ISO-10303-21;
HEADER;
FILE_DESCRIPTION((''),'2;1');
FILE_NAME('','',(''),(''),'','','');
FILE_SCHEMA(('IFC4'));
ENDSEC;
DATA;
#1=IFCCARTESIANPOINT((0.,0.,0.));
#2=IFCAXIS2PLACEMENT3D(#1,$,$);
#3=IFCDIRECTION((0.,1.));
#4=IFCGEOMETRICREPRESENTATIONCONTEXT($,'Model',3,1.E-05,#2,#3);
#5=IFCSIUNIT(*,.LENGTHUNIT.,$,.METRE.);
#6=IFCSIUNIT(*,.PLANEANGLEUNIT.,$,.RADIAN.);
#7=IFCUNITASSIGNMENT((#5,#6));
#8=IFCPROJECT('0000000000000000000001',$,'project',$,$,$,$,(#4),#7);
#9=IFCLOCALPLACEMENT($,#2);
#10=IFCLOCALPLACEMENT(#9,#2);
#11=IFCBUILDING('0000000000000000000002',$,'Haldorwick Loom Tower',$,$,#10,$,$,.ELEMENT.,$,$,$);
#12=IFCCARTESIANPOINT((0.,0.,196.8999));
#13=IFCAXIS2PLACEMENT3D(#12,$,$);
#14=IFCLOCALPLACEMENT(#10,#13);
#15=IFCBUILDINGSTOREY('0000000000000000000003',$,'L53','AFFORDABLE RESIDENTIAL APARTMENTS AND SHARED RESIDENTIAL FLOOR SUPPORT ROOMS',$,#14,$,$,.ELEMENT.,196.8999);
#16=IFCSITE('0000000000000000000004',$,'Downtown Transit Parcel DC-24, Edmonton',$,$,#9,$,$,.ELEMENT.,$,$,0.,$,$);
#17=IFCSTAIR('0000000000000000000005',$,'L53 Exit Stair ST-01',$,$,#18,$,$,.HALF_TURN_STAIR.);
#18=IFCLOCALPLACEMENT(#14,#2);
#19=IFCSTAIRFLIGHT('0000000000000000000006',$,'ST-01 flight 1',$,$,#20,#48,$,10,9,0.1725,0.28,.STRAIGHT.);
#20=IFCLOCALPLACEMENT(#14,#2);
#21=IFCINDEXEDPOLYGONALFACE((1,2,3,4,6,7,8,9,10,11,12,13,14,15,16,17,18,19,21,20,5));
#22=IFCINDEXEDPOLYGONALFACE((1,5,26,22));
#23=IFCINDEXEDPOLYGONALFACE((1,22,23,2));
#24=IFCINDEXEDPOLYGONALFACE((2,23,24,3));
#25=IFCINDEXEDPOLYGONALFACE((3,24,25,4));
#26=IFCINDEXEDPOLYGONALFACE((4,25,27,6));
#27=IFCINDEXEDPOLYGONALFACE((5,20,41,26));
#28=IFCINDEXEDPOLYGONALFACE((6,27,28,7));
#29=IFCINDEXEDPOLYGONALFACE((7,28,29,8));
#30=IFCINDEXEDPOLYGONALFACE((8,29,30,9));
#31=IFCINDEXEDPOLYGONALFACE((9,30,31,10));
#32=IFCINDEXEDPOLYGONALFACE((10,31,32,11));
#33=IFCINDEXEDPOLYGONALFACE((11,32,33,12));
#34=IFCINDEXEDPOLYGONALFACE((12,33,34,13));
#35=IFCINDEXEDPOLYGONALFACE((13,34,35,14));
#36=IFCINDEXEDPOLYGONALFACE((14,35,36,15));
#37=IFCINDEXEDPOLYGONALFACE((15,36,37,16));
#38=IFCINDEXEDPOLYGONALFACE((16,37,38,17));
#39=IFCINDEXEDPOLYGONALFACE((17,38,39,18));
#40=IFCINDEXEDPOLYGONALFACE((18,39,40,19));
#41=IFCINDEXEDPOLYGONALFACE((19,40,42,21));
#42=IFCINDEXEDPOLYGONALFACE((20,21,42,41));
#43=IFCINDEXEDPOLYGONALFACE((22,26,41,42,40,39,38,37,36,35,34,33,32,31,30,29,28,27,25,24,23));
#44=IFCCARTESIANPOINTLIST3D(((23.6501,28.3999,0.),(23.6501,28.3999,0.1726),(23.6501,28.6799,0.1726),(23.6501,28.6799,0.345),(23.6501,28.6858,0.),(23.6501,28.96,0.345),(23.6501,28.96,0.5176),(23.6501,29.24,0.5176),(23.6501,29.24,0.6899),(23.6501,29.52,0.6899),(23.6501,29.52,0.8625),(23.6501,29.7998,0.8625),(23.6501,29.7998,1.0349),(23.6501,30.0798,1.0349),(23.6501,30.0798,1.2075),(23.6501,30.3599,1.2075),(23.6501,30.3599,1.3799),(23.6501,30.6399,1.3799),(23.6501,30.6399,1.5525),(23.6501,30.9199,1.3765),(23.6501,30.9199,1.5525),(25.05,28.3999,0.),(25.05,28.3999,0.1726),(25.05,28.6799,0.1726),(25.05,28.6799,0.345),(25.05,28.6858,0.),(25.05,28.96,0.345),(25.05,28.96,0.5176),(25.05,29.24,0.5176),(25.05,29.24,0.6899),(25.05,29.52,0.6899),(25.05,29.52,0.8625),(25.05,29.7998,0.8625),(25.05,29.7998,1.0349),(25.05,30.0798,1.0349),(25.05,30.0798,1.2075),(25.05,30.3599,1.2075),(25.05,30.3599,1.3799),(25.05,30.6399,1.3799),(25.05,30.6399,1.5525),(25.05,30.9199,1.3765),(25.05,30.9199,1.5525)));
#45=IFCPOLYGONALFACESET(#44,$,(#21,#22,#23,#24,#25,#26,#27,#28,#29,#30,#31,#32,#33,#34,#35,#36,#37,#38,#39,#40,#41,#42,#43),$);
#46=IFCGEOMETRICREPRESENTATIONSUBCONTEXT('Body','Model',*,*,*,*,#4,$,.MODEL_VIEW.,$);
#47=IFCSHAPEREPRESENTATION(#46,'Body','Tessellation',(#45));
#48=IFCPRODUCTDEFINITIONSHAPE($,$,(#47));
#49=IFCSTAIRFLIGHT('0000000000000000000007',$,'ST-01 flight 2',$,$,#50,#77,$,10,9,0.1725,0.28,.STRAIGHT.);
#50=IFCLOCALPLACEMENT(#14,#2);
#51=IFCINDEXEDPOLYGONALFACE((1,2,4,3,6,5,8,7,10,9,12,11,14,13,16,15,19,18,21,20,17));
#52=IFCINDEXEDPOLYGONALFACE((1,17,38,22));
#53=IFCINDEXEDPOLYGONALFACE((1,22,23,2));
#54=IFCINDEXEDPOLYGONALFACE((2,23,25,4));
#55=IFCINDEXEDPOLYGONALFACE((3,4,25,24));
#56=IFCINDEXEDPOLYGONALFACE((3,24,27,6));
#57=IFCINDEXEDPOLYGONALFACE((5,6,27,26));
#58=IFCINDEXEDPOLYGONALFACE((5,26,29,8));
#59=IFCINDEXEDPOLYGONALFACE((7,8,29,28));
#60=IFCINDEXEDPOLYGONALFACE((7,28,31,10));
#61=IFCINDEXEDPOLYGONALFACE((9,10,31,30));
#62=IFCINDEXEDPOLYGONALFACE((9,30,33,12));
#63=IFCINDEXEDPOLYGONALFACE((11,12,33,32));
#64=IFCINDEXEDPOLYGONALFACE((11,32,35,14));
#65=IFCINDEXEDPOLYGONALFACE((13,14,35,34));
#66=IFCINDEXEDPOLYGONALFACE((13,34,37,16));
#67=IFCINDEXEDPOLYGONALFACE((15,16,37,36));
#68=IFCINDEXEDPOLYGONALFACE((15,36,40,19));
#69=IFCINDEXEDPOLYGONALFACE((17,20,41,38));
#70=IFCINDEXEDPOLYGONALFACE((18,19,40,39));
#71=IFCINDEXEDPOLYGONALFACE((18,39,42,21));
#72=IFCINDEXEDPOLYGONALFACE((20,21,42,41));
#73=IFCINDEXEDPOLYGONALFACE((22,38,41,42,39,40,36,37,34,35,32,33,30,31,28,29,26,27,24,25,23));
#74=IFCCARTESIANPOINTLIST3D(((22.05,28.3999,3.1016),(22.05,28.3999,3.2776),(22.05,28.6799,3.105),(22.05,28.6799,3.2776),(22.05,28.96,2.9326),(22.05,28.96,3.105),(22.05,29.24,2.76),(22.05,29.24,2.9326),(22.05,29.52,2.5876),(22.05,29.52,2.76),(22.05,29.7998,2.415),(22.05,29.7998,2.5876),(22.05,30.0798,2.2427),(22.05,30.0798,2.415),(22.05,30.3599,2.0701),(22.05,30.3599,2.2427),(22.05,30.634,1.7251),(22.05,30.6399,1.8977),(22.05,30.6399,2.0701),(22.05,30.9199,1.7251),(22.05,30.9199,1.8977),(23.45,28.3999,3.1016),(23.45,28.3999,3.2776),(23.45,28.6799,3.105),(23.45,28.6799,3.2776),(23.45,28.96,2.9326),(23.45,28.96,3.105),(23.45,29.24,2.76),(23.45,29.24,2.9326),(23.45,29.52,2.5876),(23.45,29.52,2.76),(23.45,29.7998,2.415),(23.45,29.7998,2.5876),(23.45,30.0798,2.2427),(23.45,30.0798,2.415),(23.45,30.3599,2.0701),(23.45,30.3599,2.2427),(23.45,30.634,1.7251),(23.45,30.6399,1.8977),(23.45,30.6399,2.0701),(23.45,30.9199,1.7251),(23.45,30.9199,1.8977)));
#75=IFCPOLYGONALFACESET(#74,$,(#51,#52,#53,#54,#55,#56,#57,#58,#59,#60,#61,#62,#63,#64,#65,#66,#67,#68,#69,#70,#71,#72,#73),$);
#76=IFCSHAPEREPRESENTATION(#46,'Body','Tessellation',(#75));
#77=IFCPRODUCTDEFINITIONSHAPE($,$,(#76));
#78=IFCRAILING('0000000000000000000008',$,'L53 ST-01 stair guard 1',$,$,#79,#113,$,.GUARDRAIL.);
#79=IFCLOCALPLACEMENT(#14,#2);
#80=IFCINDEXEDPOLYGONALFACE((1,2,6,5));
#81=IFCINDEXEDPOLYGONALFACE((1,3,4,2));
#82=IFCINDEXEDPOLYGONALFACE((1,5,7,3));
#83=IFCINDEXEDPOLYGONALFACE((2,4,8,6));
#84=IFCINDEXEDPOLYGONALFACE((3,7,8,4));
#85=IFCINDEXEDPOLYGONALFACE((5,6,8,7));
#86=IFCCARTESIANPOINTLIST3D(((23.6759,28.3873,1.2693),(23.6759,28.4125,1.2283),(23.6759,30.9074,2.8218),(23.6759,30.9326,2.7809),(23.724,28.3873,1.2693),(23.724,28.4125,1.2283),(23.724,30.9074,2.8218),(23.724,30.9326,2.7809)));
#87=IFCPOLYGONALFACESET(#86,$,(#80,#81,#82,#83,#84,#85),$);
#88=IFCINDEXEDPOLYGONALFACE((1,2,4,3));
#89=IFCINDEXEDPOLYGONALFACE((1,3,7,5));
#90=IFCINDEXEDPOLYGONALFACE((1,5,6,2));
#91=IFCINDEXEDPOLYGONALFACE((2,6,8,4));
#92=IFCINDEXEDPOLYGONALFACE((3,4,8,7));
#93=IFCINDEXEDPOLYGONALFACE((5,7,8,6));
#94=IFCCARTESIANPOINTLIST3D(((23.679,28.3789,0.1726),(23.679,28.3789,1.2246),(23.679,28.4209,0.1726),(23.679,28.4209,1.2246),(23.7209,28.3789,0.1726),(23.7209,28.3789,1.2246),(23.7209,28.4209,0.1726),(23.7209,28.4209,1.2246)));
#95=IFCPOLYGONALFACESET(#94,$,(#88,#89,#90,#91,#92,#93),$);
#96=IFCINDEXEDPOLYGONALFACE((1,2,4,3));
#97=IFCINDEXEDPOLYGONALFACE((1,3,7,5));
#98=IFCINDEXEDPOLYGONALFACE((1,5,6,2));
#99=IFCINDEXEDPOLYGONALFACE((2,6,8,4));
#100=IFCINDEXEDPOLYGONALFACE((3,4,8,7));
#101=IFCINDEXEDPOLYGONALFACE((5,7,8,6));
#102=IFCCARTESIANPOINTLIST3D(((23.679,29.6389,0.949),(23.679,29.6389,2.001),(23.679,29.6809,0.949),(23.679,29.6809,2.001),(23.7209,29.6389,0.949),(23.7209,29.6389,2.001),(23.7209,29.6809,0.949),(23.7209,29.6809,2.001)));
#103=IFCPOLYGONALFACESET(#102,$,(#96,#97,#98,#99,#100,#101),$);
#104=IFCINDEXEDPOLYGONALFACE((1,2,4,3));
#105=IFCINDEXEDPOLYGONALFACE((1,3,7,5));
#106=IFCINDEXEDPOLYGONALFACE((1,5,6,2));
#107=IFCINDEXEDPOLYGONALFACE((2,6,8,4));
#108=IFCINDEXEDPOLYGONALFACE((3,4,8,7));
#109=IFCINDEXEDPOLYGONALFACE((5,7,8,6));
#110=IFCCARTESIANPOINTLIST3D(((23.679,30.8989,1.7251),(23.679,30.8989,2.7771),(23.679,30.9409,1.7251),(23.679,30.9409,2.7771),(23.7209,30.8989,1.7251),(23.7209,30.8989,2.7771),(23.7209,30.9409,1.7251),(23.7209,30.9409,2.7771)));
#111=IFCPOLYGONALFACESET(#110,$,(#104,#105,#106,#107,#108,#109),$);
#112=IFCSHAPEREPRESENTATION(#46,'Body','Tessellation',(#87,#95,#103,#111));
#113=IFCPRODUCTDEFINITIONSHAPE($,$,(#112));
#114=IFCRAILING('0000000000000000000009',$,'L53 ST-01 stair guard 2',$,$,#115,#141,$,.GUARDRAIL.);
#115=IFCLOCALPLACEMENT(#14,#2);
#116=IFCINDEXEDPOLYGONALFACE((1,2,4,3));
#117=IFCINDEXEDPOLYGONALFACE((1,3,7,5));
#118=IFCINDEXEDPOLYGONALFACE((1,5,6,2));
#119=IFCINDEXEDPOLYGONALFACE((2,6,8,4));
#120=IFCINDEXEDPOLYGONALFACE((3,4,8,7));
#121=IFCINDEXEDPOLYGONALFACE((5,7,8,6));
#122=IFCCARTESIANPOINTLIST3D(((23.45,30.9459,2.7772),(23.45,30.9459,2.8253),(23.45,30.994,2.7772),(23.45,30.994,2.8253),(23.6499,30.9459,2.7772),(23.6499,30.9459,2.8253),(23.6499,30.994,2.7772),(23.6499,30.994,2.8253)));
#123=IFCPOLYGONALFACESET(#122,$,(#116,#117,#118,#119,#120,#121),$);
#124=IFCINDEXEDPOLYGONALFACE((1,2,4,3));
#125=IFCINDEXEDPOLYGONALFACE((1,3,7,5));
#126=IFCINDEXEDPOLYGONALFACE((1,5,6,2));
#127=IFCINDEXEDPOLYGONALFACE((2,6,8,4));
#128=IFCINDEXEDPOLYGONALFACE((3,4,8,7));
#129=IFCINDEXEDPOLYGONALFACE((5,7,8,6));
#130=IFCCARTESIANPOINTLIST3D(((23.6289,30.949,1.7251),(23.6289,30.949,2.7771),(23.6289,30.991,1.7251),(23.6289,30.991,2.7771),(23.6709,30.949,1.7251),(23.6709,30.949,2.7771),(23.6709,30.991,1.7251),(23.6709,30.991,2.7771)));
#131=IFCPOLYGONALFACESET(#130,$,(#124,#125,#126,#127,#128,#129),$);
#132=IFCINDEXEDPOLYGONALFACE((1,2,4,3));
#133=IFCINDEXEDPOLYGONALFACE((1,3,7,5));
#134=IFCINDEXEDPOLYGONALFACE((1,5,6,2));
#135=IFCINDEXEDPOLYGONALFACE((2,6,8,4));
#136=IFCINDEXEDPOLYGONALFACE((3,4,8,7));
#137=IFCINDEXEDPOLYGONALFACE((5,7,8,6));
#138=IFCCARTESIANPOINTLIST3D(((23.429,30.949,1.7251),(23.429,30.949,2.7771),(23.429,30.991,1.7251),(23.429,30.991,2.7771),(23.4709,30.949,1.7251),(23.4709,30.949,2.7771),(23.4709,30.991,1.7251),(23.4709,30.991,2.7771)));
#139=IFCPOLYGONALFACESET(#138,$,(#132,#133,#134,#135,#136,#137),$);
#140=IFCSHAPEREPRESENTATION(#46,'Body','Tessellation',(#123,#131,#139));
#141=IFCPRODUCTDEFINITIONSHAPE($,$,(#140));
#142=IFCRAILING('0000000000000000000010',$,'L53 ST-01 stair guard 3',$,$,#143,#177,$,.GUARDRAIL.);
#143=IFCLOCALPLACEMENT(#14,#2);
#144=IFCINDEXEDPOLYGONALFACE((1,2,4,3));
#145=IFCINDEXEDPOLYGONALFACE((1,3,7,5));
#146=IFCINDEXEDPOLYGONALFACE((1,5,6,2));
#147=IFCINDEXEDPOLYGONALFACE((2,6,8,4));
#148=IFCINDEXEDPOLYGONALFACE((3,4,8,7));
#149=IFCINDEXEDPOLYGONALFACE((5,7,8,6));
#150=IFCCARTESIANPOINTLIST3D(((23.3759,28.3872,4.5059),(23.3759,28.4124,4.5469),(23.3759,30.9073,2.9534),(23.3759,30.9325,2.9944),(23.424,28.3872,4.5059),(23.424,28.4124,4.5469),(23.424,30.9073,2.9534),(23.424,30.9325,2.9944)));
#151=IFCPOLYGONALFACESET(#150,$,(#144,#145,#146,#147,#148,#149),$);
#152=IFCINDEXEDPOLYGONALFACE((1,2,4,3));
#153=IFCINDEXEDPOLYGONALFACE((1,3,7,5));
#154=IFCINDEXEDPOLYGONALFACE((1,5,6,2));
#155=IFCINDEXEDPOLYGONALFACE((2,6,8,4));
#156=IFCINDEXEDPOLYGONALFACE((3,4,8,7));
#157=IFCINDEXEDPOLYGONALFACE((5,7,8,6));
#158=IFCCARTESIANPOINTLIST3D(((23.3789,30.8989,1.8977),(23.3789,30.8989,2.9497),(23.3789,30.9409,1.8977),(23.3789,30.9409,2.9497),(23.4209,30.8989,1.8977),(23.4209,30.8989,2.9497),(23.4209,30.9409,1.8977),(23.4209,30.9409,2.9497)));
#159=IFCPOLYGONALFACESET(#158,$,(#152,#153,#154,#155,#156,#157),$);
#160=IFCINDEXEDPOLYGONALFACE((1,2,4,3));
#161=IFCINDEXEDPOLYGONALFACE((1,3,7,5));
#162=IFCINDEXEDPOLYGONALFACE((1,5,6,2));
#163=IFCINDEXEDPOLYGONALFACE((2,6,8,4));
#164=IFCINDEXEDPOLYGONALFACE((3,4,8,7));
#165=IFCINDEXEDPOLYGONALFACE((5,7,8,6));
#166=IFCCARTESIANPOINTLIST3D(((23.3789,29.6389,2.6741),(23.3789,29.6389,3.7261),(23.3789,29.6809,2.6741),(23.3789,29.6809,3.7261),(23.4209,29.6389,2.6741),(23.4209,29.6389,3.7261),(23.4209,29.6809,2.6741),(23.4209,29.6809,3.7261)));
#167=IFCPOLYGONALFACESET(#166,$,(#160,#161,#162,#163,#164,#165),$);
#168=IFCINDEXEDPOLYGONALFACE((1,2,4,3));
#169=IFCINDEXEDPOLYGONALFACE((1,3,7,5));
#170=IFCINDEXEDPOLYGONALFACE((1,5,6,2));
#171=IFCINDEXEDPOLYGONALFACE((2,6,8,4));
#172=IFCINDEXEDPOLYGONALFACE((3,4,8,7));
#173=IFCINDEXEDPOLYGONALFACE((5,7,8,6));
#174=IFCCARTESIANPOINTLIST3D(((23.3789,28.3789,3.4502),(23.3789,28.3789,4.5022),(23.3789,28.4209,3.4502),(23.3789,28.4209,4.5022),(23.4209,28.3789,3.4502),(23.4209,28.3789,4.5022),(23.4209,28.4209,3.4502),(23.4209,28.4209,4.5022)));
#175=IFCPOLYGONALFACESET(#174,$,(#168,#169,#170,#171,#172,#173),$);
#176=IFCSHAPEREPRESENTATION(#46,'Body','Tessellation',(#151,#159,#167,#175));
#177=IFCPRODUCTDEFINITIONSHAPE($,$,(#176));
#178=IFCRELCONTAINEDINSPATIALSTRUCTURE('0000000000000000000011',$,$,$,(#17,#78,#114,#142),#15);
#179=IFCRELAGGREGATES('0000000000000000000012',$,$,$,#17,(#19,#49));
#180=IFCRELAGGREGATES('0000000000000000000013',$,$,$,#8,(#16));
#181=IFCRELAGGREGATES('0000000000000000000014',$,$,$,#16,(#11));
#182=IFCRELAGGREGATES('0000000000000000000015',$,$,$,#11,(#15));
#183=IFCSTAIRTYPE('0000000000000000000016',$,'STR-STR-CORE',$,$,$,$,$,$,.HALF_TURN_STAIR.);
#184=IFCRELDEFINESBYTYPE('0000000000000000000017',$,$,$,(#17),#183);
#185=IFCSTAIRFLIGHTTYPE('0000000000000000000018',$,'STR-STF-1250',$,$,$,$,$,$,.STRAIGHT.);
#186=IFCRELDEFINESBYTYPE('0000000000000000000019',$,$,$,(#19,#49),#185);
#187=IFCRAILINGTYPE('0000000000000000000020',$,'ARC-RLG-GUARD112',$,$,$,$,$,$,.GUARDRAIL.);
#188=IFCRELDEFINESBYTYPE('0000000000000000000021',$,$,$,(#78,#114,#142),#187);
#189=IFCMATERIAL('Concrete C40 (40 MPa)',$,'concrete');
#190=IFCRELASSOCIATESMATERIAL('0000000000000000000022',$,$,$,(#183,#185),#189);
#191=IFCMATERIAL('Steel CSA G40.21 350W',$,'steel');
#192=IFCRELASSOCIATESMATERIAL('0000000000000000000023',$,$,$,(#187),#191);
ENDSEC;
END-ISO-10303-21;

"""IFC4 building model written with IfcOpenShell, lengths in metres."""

from ifc_helpers import new_model, si_unit, direction, frame, origin, origin_2d, place, context, subcontext, project, spatial, polyline, rectangle, outline, extrude, material, type_object, element, aggregate, save


model = new_model("IFC4")

# Units and contexts
model_context = context("Model", 3, precision=1e-05, world=origin(), true_north=direction((0.0, 1.0)))
body_context = subcontext(model_context, "Body", "Model", "MODEL_VIEW")
ifc_project = project(units=[si_unit("LENGTHUNIT", "METRE"), si_unit("PLANEANGLEUNIT", "RADIAN")], contexts=[model_context])

# Site, building, storey
site_placement = place(None, origin())
site = spatial("IfcSite", under=ifc_project, at=site_placement, Name="Downtown Transit Parcel DC-24, Edmonton", CompositionType="ELEMENT", RefElevation=0.0)
building_placement = place(site_placement, origin())
building = spatial("IfcBuilding", under=site, at=building_placement, Name="Haldorwick Loom Tower", CompositionType="ELEMENT")
storey_placement = place(building_placement, frame((0.0, 0.0, 196.8999)))
storey = spatial("IfcBuildingStorey", under=building, at=storey_placement, Name="L53", Description="AFFORDABLE RESIDENTIAL APARTMENTS AND SHARED RESIDENTIAL FLOOR SUPPORT ROOMS", CompositionType="ELEMENT", Elevation=196.8999)

# Shared definitions
ifc_material_1 = material(Name="Steel CSA G40.21 350W", Category="steel")

# Stair, stair flights
ifc_material_2 = material(Name="Concrete C40 (40 MPa)", Category="concrete")
stair_type = type_object("IfcStairType", Name="STR-STR-CORE", PredefinedType="HALF_TURN_STAIR", material=ifc_material_2)
stair_placement = place(storey_placement, origin())
stair = element("IfcStair", 1, at=stair_placement, inside=storey, type_object=stair_type, Name="L53 Exit Stair ST-01", PredefinedType="HALF_TURN_STAIR")
stair_flight_type = type_object("IfcStairFlightType", Name="STR-STF-1250", PredefinedType="STRAIGHT", material=ifc_material_2)
stair_flight_1_placement = place(storey_placement, frame((24.3501, 28.3999, 0.0), z_axis=(0.0, 0.0, 1.0), x_axis=(0.0, 1.0, 0.0)))
stair_flight_1 = element("IfcStairFlight", 2, at=stair_flight_1_placement, type_object=stair_flight_type, Name="ST-01 flight 1", NumberOfRisers=10, NumberOfTreads=9, PredefinedType="STRAIGHT", RiserHeight=0.1725, TreadLength=0.28, context=body_context, shape_type="SweptSolid", body=[
    extrude(outline(polyline([(0.0, 0.0), (0.0, 0.1726), (0.28, 0.1726), (0.28, 0.345), (0.5601, 0.345), (0.5601, 0.5176), (0.8401, 0.5176), (0.8401, 0.6899), (1.1201, 0.6899), (1.1201, 0.8625), (1.3999, 0.8625), (1.3999, 1.0349), (1.6799, 1.0349), (1.6799, 1.2075), (1.96, 1.2075), (1.96, 1.3799), (2.24, 1.3799), (2.24, 1.5525), (2.52, 1.5525), (2.52, 1.7251), (2.52, 1.3765), (0.2859, 0.0), (0.0, 0.0)])), frame((0.0, 0.7, 0.0), z_axis=(0.0, -1.0, 0.0), x_axis=(1.0, 0.0, 0.0)), (0.0, 0.0, 1.0), 1.3999),
])
stair_flight_2_placement = place(storey_placement, frame((22.75, 30.9199, 1.7251), z_axis=(0.0, 0.0, 1.0), x_axis=(0.0, -1.0, 0.0)))
stair_flight_2 = element("IfcStairFlight", 3, at=stair_flight_2_placement, type_object=stair_flight_type, Name="ST-01 flight 2", NumberOfRisers=10, NumberOfTreads=9, PredefinedType="STRAIGHT", RiserHeight=0.1725, TreadLength=0.28, context=body_context, shape_type="SweptSolid", body=[
    extrude(outline(polyline([(0.0, 0.0), (0.0, 0.1726), (0.28, 0.1726), (0.28, 0.345), (0.5601, 0.345), (0.5601, 0.5176), (0.8401, 0.5176), (0.8401, 0.6899), (1.1201, 0.6899), (1.1201, 0.8625), (1.3999, 0.8625), (1.3999, 1.0349), (1.6799, 1.0349), (1.6799, 1.2075), (1.96, 1.2075), (1.96, 1.3799), (2.24, 1.3799), (2.24, 1.5525), (2.52, 1.5525), (2.52, 1.7251), (2.52, 1.3765), (0.2859, 0.0), (0.0, 0.0)])), frame((0.0, 0.7, 0.0), z_axis=(0.0, -1.0, 0.0), x_axis=(1.0, 0.0, 0.0)), (0.0, 0.0, 1.0), 1.3999),
])
aggregate(stair, [stair_flight_1, stair_flight_2])

# Railings
railing_type_1 = type_object("IfcRailingType", Name="ARC-RLG-GUARD112", PredefinedType="GUARDRAIL", material=ifc_material_1)
railing_1_placement = place(storey_placement, frame((23.7, 28.3999, 0.1726)))
element("IfcRailing", 4, at=railing_1_placement, inside=storey, type_object=railing_type_1, Name="L53 ST-01 stair guard 1", PredefinedType="GUARDRAIL", context=body_context, shape_type="SweptSolid", body=[
    extrude(rectangle(XDim=0.0481, YDim=0.0481, at=origin_2d()), frame((0.0, 0.0, 1.0762), z_axis=(0.0, 0.8514, 0.524516), x_axis=(-1.0, 0.0, 0.0)), (0.0, 0.0, 1.0), 2.96),
    extrude(rectangle(XDim=0.042, YDim=0.042, at=origin_2d()), origin(), (0.0, 0.0, 1.0), 1.052),
    extrude(rectangle(XDim=0.042, YDim=0.042, at=origin_2d()), frame((0.0, 1.26, 0.7764)), (0.0, 0.0, 1.0), 1.052),
    extrude(rectangle(XDim=0.042, YDim=0.042, at=origin_2d()), frame((0.0, 2.52, 1.5525)), (0.0, 0.0, 1.0), 1.052),
])
railing_2_placement = place(storey_placement, frame((23.6499, 30.97, 1.7251)))
element("IfcRailing", 5, at=railing_2_placement, inside=storey, type_object=railing_type_1, Name="L53 ST-01 stair guard 2", PredefinedType="GUARDRAIL", context=body_context, shape_type="SweptSolid", body=[
    extrude(rectangle(XDim=0.0481, YDim=0.0481, at=origin_2d()), frame((0.0, 0.0, 1.0762), z_axis=(-1.0, 0.0, 0.0), x_axis=(0.0, -1.0, 0.0)), (0.0, 0.0, 1.0), 0.2),
    extrude(rectangle(XDim=0.042, YDim=0.042, at=origin_2d()), origin(), (0.0, 0.0, 1.0), 1.052),
    extrude(rectangle(XDim=0.042, YDim=0.042, at=origin_2d()), frame((-0.2, 0.0, 0.0)), (0.0, 0.0, 1.0), 1.052),
])
railing_3_placement = place(storey_placement, frame((23.3999, 30.9199, 1.8977)))
element("IfcRailing", 6, at=railing_3_placement, inside=storey, type_object=railing_type_1, Name="L53 ST-01 stair guard 3", PredefinedType="GUARDRAIL", context=body_context, shape_type="SweptSolid", body=[
    extrude(rectangle(XDim=0.0481, YDim=0.0481, at=origin_2d()), frame((0.0, 0.0, 1.0762), z_axis=(0.0, -0.8514, 0.524516), x_axis=(1.0, 0.0, 0.0)), (0.0, 0.0, 1.0), 2.96),
    extrude(rectangle(XDim=0.042, YDim=0.042, at=origin_2d()), origin(), (0.0, 0.0, 1.0), 1.052),
    extrude(rectangle(XDim=0.042, YDim=0.042, at=origin_2d()), frame((0.0, -1.26, 0.7764)), (0.0, 0.0, 1.0), 1.052),
    extrude(rectangle(XDim=0.042, YDim=0.042, at=origin_2d()), frame((0.0, -2.52, 1.5525)), (0.0, 0.0, 1.0), 1.052),
])

save(model, "model.ifc")
